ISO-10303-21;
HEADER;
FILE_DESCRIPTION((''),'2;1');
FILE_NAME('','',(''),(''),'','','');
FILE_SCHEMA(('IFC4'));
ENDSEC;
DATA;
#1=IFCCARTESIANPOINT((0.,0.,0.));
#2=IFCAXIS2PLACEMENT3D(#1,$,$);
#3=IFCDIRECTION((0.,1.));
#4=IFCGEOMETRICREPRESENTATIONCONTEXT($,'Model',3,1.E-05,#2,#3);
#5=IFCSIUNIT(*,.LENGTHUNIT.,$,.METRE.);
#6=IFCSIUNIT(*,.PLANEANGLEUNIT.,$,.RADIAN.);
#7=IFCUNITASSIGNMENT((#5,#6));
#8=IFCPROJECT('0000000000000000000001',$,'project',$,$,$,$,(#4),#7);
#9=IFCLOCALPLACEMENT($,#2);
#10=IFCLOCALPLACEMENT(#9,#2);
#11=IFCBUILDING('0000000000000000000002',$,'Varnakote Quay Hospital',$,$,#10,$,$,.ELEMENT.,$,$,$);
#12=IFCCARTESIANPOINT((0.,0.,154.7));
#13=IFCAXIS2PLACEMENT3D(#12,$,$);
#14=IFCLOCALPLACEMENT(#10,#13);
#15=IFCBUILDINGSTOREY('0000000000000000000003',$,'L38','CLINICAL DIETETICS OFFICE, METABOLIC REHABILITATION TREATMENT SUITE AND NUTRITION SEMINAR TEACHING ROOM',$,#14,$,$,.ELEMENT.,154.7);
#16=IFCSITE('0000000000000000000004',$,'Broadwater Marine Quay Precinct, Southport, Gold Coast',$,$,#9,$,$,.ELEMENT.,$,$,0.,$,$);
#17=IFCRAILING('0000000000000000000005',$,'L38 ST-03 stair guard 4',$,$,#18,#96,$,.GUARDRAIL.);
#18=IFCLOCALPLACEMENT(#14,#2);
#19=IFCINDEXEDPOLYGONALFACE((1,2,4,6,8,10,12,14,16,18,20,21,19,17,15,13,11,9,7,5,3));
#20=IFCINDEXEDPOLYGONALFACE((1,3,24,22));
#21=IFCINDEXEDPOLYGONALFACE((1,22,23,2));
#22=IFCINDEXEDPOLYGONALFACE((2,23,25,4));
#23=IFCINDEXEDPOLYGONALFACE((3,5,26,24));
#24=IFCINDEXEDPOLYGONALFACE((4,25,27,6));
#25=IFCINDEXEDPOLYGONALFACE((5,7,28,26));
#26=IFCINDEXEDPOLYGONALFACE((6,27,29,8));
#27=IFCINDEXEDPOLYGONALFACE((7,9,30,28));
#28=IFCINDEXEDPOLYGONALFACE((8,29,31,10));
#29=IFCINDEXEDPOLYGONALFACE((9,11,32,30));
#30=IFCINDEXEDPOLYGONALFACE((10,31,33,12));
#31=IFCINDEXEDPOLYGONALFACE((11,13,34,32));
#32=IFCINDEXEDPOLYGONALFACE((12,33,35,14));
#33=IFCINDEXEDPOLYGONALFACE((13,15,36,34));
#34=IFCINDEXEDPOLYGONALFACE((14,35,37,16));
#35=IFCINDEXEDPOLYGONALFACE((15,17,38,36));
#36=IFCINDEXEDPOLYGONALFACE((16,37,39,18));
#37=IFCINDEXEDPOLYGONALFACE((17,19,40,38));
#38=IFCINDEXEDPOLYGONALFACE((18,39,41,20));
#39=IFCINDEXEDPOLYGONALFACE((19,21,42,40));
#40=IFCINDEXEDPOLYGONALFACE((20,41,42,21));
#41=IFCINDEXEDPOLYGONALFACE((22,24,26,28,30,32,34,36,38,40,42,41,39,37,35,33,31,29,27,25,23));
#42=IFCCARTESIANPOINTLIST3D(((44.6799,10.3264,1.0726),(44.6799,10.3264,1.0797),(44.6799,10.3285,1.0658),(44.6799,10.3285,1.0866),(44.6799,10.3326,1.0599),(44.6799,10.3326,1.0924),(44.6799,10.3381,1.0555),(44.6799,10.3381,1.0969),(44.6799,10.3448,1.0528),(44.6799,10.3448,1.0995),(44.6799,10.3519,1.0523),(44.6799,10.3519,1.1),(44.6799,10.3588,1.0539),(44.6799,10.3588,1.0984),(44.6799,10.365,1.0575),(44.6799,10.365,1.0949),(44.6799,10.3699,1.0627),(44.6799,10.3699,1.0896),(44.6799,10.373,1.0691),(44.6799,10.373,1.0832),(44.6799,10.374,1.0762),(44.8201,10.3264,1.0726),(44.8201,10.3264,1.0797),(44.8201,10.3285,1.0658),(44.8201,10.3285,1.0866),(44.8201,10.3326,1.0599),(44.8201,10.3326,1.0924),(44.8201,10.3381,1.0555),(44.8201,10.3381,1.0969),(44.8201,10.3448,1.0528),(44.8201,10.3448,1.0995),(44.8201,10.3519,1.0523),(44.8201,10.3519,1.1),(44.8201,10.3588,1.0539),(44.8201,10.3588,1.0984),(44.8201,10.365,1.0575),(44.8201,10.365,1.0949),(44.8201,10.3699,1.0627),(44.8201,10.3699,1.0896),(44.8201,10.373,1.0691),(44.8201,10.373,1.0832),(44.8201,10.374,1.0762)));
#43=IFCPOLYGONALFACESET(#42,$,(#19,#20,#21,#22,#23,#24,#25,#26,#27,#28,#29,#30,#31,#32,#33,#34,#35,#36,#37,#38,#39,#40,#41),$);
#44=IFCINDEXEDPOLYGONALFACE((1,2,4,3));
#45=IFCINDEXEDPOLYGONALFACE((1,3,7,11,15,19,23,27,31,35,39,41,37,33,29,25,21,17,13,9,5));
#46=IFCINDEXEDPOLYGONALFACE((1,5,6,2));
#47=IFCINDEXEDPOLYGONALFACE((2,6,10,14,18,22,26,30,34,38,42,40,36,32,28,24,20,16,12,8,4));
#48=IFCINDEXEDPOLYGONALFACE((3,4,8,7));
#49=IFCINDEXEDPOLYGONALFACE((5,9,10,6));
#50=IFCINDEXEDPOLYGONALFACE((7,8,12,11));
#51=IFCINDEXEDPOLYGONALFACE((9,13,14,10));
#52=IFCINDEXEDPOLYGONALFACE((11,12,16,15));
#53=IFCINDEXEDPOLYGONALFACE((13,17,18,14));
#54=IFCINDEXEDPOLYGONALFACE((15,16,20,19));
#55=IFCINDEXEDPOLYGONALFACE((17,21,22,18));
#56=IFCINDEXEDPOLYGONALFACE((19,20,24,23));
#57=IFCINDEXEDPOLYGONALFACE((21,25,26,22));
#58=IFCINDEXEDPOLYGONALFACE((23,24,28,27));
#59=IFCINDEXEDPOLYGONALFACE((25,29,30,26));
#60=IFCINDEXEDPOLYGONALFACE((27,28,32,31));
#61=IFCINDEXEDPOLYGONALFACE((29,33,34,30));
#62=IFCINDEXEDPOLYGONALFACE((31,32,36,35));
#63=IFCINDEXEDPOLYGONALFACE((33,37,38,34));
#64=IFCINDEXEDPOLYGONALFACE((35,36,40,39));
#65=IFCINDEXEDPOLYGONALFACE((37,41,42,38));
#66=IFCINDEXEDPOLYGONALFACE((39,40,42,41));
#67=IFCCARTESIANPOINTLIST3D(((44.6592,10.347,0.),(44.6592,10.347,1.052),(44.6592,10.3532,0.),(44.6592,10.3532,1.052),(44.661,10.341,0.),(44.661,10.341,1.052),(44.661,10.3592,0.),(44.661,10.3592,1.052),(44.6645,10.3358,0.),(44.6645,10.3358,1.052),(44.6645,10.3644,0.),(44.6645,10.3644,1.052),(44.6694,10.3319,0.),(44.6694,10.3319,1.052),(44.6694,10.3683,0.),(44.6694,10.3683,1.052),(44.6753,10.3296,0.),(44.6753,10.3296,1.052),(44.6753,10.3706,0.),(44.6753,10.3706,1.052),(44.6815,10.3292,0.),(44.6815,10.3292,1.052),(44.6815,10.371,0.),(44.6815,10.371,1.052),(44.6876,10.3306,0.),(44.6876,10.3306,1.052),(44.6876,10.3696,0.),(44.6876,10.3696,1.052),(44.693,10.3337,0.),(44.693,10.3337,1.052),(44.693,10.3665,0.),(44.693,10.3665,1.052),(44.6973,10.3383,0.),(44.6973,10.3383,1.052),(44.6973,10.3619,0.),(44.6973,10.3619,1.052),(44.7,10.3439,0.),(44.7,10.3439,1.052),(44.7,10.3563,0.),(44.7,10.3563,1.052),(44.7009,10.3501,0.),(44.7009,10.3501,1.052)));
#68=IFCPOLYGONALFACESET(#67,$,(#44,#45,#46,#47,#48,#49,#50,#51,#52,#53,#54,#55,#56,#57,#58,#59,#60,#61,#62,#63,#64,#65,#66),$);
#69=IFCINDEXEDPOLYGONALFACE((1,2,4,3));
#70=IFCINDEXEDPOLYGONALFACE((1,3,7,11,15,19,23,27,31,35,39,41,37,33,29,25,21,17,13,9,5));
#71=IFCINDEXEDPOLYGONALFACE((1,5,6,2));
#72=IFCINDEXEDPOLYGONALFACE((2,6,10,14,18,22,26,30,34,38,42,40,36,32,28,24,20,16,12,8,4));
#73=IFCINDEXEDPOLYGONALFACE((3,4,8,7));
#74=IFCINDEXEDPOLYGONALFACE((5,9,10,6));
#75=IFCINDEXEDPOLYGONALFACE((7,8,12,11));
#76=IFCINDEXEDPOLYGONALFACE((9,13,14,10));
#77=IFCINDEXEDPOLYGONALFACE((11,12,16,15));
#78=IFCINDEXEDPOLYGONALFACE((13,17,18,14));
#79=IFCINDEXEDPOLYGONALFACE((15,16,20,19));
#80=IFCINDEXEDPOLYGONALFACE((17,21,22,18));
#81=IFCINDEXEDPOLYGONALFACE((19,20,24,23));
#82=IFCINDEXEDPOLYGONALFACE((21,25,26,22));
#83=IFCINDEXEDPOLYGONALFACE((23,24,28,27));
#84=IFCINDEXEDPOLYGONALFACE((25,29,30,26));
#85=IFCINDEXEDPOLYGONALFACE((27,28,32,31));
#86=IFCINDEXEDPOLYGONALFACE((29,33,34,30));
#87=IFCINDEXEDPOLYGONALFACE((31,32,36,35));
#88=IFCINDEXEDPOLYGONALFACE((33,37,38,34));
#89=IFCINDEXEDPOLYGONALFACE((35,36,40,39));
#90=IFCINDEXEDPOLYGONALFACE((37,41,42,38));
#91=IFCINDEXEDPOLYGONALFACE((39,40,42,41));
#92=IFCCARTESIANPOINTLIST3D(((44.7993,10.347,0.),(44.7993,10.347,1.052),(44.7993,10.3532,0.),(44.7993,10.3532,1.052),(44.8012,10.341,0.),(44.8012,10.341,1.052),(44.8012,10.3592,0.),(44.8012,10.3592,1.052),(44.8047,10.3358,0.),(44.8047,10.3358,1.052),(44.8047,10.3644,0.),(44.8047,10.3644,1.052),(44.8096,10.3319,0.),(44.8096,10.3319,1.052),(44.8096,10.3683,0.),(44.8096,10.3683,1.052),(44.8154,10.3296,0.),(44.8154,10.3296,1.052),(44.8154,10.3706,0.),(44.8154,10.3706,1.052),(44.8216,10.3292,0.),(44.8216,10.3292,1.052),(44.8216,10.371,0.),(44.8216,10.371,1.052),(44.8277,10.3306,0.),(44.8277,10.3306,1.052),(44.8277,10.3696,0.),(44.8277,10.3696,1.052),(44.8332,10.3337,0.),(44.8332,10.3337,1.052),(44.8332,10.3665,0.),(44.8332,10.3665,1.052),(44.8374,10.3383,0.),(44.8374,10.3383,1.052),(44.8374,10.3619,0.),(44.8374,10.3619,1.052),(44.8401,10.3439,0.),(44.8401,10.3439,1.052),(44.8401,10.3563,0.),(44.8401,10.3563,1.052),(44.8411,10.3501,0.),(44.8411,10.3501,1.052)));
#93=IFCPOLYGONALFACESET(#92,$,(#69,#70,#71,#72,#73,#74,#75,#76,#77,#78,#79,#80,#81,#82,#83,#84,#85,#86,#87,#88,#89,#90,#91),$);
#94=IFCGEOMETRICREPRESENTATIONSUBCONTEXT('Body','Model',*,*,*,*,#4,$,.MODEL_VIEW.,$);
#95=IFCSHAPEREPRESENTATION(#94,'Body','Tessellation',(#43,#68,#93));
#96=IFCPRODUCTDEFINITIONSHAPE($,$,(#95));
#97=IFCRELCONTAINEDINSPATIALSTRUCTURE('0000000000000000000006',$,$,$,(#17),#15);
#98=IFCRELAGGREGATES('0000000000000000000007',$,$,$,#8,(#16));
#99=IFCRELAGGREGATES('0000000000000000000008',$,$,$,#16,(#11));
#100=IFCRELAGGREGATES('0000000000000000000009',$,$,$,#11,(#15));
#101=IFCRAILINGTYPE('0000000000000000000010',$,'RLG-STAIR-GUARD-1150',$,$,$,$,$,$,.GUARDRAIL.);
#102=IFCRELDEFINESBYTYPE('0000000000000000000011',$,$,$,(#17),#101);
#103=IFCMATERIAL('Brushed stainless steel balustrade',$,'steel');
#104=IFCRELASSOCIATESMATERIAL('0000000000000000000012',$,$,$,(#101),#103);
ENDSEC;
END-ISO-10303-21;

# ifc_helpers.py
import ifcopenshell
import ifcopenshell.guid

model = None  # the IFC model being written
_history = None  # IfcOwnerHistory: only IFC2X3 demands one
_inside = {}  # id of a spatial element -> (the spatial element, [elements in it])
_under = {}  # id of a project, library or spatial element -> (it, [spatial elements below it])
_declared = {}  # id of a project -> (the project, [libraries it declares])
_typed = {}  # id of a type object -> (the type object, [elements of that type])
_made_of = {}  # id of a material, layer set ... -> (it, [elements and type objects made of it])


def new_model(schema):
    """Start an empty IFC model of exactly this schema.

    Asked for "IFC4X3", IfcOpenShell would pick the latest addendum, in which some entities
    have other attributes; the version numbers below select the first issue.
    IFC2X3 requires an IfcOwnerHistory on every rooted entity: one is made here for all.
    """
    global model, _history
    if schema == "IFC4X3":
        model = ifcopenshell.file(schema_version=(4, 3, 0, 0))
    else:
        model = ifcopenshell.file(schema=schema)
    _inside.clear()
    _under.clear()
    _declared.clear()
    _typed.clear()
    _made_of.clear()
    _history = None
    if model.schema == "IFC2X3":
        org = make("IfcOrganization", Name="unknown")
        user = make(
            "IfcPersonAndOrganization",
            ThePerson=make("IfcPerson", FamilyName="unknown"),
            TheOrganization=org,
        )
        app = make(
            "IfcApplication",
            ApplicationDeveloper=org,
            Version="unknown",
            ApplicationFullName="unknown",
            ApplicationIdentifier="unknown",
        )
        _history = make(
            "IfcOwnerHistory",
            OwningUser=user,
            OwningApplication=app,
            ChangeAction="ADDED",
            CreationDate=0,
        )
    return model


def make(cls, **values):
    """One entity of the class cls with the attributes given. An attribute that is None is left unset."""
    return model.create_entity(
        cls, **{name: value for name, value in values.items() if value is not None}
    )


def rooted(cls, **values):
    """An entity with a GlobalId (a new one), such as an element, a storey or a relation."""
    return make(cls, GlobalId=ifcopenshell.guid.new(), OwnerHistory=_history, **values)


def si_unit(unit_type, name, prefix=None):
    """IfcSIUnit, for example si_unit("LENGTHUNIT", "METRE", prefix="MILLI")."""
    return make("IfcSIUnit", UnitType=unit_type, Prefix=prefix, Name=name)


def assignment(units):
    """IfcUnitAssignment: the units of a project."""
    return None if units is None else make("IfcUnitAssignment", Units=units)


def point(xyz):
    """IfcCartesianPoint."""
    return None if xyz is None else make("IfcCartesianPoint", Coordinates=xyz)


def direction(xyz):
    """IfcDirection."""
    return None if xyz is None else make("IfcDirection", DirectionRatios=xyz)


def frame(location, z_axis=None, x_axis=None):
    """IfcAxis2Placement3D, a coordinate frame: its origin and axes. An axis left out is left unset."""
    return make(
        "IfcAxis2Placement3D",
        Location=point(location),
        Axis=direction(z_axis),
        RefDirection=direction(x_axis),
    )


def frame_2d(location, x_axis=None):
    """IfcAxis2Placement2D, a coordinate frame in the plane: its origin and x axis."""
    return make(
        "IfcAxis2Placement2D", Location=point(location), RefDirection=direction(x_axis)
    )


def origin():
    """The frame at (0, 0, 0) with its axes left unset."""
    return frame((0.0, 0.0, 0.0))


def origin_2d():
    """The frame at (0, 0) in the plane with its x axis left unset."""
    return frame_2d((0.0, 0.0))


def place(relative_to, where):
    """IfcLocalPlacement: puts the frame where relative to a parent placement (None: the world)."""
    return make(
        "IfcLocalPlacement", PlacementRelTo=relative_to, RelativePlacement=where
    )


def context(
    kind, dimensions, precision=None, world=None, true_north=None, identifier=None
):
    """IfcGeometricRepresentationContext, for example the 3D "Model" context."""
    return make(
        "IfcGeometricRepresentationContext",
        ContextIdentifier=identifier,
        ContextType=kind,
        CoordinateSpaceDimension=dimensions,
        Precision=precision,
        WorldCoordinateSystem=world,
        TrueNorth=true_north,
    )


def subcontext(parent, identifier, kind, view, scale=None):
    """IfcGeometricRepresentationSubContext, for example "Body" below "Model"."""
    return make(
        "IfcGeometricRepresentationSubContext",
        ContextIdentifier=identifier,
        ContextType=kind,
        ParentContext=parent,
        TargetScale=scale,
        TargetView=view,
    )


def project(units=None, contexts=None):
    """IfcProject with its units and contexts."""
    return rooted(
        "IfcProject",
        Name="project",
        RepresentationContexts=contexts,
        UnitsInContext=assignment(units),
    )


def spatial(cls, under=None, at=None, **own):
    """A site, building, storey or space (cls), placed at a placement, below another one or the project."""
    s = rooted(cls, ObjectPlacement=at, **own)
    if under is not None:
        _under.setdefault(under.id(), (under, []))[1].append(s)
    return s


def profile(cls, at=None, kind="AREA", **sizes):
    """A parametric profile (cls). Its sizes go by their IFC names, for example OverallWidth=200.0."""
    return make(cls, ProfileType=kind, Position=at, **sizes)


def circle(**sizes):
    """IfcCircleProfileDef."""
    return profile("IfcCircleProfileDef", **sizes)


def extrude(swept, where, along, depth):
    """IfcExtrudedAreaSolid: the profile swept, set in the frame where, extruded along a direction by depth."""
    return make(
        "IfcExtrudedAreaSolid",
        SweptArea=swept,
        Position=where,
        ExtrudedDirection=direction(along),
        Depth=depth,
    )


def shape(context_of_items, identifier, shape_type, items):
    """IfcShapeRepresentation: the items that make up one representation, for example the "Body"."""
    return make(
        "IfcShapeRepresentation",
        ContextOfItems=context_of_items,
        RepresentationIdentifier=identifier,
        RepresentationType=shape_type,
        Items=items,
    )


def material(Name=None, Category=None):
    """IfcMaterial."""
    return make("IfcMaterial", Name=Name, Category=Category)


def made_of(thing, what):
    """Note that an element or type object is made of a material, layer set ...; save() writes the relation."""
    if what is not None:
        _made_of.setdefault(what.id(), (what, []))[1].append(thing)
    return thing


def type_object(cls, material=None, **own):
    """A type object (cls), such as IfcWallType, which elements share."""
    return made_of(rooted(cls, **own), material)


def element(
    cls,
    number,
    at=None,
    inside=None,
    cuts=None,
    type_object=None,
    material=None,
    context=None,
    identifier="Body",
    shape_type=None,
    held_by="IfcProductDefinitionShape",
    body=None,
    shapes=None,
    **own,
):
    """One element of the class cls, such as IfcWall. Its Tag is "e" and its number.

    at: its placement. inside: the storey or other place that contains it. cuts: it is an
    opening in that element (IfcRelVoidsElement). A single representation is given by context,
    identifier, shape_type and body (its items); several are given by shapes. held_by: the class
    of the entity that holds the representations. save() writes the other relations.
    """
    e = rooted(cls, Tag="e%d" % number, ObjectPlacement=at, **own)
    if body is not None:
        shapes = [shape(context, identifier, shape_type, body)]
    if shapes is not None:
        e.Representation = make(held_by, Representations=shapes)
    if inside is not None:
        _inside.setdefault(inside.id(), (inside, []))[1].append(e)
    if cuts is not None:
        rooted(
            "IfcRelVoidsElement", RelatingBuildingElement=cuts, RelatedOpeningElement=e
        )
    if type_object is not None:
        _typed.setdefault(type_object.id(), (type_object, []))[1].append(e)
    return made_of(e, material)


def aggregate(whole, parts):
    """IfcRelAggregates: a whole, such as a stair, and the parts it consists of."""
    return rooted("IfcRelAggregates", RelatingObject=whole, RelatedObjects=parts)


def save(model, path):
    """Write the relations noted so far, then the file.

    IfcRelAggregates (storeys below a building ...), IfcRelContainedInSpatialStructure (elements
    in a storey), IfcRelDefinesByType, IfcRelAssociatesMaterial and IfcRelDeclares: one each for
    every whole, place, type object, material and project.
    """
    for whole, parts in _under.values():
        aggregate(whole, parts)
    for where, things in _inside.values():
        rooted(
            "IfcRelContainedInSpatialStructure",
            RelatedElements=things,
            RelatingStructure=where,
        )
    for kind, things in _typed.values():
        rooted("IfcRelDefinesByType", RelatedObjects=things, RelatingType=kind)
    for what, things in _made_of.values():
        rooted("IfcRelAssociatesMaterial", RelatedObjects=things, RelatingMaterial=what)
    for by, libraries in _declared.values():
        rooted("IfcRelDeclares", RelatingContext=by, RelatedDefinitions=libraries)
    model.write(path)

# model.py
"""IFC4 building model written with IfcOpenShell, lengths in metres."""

from ifc_helpers import new_model, si_unit, direction, frame, origin, origin_2d, place, context, subcontext, project, spatial, circle, extrude, material, type_object, element, save


model = new_model("IFC4")

# Units and contexts
model_context = context("Model", 3, precision=1e-05, world=origin(), true_north=direction((0.0, 1.0)))
body_context = subcontext(model_context, "Body", "Model", "MODEL_VIEW")
ifc_project = project(units=[si_unit("LENGTHUNIT", "METRE"), si_unit("PLANEANGLEUNIT", "RADIAN")], contexts=[model_context])

# Site, building, storey
site_placement = place(None, origin())
site = spatial("IfcSite", under=ifc_project, at=site_placement, Name="Broadwater Marine Quay Precinct, Southport, Gold Coast", CompositionType="ELEMENT", RefElevation=0.0)
building_placement = place(site_placement, origin())
building = spatial("IfcBuilding", under=site, at=building_placement, Name="Varnakote Quay Hospital", CompositionType="ELEMENT")
storey_placement = place(building_placement, frame((0.0, 0.0, 154.7)))
storey = spatial("IfcBuildingStorey", under=building, at=storey_placement, Name="L38", Description="CLINICAL DIETETICS OFFICE, METABOLIC REHABILITATION TREATMENT SUITE AND NUTRITION SEMINAR TEACHING ROOM", CompositionType="ELEMENT", Elevation=154.7)

# Railing
ifc_material_1 = material(Name="Brushed stainless steel balustrade", Category="steel")
railing_type_1 = type_object("IfcRailingType", Name="RLG-STAIR-GUARD-1150", PredefinedType="GUARDRAIL", material=ifc_material_1)
railing_1_placement = place(storey_placement, frame((44.6799, 10.3501, 0.0)))
element("IfcRailing", 1, at=railing_1_placement, inside=storey, type_object=railing_type_1, Name="L38 ST-03 stair guard 4", PredefinedType="GUARDRAIL", context=body_context, shape_type="SweptSolid", body=[
    extrude(circle(Radius=0.0239, at=origin_2d()), frame((0.0, 0.0, 1.0762), z_axis=(1.0, 0.0, 0.0), x_axis=(0.0, 1.0, 0.0)), (0.0, 0.0, 1.0), 0.1401),
    extrude(circle(Radius=0.021, at=origin_2d()), origin(), (0.0, 0.0, 1.0), 1.052),
    extrude(circle(Radius=0.021, at=origin_2d()), frame((0.1401, 0.0, 0.0)), (0.0, 0.0, 1.0), 1.052),
])

save(model, "model.ifc")
